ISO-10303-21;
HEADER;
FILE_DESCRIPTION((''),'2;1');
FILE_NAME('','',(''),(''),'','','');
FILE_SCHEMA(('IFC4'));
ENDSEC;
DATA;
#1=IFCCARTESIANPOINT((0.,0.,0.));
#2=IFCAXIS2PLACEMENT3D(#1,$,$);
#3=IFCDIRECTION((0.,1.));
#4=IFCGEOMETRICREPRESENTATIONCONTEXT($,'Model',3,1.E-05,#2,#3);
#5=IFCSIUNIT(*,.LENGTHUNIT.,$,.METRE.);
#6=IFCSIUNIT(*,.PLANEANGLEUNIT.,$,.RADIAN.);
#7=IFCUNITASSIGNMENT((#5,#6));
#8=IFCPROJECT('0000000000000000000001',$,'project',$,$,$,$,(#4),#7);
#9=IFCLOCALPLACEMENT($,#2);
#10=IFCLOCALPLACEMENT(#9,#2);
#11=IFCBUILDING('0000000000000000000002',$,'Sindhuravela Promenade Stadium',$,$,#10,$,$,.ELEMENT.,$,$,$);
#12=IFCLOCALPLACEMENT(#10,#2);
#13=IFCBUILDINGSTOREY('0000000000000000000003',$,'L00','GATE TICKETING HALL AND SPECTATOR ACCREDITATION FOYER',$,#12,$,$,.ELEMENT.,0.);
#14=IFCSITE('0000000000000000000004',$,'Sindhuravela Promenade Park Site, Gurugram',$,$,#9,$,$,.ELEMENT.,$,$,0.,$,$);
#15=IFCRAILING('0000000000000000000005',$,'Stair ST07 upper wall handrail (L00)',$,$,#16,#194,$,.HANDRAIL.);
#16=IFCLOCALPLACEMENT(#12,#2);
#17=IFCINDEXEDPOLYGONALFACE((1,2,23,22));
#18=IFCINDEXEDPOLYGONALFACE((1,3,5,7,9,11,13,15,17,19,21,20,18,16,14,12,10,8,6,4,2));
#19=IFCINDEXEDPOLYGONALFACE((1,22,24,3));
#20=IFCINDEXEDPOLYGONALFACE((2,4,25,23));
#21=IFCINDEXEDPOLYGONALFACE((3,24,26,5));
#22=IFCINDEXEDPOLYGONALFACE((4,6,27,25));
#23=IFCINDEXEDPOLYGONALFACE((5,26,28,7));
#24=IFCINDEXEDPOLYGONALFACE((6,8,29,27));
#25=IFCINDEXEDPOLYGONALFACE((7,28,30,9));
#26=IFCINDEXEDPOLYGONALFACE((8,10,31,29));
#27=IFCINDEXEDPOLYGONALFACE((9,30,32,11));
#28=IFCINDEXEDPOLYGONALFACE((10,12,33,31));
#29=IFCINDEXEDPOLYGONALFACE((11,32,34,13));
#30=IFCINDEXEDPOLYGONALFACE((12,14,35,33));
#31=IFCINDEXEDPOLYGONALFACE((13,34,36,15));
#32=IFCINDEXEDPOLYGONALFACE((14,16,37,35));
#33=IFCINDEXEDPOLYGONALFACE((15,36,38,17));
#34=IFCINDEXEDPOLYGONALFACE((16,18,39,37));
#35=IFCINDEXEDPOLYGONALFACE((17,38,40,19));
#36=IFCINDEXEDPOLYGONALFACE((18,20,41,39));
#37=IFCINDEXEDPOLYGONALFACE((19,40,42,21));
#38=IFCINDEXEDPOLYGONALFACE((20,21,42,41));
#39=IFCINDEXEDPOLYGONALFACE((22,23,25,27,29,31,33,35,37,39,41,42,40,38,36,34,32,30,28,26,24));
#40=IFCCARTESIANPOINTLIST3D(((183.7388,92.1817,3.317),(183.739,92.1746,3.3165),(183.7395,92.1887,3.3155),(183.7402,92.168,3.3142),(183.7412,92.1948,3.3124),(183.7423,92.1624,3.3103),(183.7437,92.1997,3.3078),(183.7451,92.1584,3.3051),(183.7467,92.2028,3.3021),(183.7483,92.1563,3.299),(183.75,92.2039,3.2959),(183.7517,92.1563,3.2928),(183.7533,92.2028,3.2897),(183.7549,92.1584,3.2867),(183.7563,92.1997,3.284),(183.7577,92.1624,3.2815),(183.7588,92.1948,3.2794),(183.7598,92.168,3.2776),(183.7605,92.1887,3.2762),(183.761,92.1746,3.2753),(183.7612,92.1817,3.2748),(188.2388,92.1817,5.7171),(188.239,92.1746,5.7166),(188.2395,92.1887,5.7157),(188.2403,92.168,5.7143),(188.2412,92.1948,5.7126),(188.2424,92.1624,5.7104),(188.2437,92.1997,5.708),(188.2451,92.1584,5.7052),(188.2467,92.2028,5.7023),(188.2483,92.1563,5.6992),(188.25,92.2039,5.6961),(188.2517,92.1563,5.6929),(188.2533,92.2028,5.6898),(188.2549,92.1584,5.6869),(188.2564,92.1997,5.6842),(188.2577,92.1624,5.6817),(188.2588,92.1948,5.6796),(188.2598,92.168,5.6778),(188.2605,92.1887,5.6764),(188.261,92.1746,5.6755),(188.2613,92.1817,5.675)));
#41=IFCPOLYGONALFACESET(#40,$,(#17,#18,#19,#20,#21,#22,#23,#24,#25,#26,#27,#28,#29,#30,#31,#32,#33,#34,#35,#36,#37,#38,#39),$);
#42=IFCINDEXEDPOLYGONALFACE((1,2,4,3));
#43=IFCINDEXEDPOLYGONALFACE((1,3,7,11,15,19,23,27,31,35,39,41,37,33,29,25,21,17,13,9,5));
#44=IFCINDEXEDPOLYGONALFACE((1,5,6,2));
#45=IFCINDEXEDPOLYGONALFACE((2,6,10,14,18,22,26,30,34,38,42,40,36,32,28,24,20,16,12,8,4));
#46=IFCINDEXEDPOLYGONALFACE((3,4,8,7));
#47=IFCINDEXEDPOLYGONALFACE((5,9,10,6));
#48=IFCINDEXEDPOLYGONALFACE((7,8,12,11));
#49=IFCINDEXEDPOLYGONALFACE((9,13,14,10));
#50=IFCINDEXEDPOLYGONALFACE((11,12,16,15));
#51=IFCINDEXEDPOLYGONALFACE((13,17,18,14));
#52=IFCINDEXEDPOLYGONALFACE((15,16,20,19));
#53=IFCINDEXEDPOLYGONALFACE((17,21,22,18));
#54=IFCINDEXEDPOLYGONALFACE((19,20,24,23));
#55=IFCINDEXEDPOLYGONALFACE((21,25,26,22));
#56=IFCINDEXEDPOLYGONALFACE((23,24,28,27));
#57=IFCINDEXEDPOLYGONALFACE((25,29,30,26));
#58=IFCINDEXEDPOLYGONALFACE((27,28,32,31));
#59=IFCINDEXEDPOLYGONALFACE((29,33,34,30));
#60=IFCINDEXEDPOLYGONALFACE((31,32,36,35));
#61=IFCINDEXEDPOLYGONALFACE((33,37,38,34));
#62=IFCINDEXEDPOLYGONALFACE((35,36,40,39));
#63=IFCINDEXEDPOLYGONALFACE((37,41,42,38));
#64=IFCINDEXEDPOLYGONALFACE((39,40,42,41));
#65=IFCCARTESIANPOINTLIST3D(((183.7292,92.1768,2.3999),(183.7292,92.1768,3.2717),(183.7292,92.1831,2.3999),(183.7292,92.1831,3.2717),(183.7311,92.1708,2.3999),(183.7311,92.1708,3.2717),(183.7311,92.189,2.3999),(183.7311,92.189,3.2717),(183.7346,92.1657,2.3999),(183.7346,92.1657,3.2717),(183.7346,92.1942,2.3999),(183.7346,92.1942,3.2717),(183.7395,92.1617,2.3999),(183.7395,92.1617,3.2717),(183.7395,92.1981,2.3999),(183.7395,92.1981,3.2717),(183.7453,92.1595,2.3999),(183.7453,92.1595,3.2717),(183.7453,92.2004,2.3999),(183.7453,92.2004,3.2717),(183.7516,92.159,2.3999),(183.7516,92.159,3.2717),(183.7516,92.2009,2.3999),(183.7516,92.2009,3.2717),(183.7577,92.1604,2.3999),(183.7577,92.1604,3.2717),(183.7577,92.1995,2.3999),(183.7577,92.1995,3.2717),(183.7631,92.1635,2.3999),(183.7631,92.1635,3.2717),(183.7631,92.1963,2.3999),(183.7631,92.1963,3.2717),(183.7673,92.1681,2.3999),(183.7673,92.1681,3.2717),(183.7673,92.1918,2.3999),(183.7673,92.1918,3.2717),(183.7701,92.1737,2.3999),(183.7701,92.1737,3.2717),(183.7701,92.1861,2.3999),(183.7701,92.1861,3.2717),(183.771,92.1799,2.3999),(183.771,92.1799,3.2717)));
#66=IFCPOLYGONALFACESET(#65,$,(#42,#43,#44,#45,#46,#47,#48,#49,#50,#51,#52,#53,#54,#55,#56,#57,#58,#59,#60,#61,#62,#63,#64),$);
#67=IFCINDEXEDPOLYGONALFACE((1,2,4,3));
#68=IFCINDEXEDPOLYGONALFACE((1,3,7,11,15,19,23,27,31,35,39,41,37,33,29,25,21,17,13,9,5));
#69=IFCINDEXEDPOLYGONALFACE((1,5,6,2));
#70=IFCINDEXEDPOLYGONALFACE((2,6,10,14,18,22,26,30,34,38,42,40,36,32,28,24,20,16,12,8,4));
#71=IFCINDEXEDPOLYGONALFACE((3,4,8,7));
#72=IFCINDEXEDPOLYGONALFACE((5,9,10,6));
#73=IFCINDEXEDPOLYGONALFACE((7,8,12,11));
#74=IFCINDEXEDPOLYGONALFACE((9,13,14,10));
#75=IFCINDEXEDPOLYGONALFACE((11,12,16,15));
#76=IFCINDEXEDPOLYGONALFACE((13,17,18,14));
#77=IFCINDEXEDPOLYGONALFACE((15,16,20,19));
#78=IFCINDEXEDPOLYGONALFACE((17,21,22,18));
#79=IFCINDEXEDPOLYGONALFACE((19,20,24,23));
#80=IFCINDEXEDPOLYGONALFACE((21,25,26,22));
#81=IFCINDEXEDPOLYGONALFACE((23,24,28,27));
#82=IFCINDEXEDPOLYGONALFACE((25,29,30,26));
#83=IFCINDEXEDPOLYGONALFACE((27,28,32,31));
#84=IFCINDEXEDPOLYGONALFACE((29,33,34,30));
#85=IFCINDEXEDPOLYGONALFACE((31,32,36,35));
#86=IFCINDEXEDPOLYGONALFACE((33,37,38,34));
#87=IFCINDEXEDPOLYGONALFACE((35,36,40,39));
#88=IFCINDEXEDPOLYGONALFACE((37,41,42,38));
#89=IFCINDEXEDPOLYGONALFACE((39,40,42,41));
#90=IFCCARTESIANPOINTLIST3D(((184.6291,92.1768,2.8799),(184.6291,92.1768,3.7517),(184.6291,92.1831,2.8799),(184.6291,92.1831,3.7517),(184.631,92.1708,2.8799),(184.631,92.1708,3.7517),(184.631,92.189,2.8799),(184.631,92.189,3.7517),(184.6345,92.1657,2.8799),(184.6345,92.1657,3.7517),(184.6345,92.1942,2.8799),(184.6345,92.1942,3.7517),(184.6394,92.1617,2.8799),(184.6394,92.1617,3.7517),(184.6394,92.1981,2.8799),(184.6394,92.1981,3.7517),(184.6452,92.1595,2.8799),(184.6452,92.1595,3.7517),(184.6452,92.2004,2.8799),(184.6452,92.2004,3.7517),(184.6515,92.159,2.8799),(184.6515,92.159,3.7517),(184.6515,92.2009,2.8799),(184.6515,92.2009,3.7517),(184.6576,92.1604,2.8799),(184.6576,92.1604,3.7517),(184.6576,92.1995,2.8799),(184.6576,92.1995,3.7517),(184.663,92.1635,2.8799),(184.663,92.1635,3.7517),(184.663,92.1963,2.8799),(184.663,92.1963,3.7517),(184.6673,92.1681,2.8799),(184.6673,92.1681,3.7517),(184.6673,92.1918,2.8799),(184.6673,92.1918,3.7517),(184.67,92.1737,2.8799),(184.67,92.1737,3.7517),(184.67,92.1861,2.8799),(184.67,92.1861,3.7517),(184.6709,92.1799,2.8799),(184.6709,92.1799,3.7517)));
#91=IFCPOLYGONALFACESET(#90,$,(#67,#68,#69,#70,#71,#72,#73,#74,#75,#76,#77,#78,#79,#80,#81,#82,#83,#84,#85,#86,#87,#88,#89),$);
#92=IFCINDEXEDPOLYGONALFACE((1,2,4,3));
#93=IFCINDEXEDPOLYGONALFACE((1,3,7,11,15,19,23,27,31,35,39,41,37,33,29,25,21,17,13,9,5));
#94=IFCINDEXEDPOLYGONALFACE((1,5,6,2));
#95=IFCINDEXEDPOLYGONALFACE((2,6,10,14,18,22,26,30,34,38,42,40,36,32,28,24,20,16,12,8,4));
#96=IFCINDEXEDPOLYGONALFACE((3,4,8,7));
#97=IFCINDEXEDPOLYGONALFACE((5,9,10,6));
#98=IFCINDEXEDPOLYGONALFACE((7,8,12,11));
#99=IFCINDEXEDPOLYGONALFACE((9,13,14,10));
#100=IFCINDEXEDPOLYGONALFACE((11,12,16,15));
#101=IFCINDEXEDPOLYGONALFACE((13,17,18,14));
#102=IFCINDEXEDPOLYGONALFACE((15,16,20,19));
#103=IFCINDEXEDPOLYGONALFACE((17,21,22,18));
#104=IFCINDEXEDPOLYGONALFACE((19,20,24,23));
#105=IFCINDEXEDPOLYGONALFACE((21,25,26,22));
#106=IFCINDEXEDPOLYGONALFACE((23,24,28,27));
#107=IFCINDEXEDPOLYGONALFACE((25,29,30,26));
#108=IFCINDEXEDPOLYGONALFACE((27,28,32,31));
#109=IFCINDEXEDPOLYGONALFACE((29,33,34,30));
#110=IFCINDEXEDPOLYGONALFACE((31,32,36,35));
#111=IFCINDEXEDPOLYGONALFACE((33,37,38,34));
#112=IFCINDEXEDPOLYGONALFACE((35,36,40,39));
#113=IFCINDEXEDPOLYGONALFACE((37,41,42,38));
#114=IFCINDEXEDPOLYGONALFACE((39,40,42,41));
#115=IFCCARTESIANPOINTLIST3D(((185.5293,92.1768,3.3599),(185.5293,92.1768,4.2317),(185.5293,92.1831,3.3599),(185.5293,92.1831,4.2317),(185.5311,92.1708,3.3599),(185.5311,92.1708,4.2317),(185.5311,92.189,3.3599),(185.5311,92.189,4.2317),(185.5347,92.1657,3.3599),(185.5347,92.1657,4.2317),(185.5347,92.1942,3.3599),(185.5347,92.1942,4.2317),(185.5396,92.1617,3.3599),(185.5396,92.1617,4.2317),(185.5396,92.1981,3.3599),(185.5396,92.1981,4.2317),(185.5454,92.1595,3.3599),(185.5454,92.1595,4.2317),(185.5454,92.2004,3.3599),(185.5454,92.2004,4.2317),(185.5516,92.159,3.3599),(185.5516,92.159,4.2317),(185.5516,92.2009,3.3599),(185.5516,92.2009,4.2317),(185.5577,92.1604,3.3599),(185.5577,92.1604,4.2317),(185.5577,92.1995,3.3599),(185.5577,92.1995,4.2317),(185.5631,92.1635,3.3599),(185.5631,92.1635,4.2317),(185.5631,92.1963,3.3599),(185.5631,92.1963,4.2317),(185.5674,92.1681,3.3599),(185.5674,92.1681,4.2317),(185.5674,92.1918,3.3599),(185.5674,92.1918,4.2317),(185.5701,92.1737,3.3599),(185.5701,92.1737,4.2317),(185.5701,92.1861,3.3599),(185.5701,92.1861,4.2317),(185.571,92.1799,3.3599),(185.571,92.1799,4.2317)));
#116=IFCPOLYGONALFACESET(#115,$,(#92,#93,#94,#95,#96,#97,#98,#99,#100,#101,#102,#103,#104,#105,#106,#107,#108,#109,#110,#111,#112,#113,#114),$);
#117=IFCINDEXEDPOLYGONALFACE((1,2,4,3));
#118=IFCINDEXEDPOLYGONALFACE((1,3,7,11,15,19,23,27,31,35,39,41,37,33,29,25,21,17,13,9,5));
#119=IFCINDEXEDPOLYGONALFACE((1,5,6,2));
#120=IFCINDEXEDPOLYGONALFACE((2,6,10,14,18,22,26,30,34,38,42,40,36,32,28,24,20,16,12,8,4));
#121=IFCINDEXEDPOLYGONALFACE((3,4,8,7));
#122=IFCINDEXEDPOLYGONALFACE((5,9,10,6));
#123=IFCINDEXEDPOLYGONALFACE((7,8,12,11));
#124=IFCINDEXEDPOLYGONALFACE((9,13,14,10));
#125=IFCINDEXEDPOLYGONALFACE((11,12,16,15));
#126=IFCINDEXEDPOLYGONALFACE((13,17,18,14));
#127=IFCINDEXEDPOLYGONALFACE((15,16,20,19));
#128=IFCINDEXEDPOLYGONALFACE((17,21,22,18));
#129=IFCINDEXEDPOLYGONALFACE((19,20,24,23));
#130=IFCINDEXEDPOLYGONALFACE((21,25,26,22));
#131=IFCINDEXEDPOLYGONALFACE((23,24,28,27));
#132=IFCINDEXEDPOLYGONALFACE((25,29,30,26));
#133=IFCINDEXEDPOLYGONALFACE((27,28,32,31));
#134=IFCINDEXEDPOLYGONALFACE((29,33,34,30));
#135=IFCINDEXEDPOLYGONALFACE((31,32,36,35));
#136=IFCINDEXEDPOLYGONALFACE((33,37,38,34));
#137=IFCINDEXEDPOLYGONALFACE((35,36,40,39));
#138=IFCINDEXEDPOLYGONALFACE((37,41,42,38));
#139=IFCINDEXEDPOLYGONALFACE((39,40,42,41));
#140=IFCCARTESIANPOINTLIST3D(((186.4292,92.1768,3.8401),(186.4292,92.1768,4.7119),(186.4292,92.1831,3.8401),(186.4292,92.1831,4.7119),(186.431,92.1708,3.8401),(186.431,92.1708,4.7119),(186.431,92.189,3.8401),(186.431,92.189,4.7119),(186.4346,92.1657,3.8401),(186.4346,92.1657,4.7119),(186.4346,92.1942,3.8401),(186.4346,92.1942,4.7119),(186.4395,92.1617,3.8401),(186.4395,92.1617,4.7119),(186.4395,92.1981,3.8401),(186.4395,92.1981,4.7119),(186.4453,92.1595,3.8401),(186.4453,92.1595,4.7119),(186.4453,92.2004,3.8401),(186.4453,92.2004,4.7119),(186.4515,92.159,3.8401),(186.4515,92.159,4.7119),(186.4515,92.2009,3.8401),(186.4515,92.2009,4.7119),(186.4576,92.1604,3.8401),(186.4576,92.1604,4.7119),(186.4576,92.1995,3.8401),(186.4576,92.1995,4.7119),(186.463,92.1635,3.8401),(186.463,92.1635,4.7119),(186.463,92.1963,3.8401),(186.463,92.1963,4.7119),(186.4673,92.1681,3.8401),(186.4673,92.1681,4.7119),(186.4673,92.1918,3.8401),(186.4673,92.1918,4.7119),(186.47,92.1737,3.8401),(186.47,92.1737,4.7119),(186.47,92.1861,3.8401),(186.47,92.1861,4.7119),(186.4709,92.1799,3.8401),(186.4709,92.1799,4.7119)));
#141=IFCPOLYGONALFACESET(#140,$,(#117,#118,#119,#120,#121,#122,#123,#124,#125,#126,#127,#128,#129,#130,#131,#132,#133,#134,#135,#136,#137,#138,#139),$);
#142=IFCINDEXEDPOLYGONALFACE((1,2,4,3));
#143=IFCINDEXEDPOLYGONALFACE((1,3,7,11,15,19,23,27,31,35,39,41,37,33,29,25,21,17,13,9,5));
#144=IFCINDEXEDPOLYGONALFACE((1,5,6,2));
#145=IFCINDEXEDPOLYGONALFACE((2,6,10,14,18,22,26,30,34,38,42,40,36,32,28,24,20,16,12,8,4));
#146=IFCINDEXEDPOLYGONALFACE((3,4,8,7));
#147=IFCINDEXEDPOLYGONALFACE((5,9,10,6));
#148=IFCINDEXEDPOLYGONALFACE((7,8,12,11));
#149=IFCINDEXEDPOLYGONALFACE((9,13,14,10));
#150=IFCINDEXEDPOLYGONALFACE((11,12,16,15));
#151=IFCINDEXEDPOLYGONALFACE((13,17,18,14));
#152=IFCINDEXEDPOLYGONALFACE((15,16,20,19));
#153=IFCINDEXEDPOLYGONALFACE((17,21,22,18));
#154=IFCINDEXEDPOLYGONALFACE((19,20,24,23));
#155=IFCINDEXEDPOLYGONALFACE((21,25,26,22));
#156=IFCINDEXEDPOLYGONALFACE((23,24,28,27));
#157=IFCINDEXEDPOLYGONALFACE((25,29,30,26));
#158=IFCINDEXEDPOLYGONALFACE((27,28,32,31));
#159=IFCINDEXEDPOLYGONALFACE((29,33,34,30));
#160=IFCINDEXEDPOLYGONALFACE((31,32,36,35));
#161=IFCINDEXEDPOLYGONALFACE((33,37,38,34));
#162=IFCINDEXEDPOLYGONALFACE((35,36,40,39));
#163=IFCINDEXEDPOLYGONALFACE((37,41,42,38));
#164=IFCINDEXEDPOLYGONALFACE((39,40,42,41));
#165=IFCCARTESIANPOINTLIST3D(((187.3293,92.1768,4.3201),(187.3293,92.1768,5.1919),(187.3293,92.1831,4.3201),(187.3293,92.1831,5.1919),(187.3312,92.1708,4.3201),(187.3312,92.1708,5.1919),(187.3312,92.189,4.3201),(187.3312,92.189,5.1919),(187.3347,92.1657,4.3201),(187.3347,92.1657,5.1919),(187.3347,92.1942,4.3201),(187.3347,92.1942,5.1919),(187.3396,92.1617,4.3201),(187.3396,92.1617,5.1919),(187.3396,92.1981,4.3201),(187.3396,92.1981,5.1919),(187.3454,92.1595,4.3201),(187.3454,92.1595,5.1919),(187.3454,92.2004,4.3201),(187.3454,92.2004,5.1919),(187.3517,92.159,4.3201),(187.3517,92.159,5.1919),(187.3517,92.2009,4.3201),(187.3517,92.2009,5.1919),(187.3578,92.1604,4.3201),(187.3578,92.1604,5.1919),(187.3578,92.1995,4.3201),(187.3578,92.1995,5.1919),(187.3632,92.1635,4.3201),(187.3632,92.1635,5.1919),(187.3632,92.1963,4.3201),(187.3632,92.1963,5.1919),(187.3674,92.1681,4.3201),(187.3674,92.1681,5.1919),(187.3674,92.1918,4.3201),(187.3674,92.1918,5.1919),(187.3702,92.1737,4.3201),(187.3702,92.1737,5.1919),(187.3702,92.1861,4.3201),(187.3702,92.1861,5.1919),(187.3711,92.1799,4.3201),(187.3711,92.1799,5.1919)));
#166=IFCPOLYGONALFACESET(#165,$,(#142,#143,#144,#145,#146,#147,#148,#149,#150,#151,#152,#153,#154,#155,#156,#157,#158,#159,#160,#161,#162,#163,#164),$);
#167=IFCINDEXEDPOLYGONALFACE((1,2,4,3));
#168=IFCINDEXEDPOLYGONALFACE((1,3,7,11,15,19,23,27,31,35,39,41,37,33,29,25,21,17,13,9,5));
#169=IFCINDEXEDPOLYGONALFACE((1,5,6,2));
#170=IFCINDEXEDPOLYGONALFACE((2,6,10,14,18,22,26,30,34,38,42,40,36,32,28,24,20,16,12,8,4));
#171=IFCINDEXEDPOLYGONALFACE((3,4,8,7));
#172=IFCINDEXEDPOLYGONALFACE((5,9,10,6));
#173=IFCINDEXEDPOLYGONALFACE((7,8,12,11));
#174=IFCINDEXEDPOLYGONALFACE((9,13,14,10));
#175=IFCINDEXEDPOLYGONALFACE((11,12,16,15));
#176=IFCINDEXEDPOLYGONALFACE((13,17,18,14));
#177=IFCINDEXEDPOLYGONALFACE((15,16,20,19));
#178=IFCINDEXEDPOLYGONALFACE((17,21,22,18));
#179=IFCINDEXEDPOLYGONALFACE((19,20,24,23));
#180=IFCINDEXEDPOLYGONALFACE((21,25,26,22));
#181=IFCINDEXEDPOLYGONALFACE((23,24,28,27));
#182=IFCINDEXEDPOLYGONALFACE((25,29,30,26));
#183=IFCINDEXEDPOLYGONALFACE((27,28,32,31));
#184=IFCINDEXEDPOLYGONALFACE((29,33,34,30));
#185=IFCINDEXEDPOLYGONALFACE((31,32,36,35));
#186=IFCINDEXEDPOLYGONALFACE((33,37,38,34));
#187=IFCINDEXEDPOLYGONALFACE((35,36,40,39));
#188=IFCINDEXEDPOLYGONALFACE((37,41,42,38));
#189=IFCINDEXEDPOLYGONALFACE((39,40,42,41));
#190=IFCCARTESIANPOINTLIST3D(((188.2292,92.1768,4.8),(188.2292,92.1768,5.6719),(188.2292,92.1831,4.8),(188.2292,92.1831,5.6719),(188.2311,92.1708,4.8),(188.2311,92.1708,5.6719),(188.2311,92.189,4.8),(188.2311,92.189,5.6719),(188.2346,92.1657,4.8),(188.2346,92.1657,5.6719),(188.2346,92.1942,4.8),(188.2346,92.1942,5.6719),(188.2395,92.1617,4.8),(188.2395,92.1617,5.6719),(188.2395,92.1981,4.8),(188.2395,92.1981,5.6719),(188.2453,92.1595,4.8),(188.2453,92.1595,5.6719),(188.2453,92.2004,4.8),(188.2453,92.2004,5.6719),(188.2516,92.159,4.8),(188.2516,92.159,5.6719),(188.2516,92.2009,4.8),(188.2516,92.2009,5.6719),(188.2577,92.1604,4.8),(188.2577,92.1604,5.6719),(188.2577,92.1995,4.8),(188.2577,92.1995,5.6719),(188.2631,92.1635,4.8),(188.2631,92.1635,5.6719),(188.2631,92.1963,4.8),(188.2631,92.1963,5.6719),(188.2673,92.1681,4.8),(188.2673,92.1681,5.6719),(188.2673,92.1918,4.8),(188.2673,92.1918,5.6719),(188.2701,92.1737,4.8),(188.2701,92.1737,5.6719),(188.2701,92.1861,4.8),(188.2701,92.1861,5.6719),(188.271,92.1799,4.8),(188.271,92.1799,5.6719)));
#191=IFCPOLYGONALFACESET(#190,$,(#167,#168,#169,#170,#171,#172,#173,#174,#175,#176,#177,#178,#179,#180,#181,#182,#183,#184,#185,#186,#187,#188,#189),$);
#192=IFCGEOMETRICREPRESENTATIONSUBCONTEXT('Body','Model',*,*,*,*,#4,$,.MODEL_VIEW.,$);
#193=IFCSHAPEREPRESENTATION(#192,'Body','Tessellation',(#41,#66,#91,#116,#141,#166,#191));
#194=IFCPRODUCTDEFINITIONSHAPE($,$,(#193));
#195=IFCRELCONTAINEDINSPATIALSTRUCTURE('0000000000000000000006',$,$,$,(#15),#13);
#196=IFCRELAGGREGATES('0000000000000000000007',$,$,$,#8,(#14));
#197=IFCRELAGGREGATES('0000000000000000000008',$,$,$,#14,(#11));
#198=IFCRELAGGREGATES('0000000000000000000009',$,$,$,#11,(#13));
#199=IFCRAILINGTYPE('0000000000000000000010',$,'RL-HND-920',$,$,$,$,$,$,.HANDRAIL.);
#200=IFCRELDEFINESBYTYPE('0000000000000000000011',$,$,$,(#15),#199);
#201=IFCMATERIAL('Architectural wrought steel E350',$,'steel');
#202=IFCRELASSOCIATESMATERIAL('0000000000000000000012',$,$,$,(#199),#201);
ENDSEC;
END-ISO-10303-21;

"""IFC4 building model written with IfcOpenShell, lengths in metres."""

from ifc_helpers import new_model, si_unit, direction, frame, origin, origin_2d, place, context, subcontext, project, spatial, circle, extrude, material, type_object, element, save


model = new_model("IFC4")

# Units and contexts
model_context = context("Model", 3, precision=1e-05, world=origin(), true_north=direction((0.0, 1.0)))
body_context = subcontext(model_context, "Body", "Model", "MODEL_VIEW")
ifc_project = project(units=[si_unit("LENGTHUNIT", "METRE"), si_unit("PLANEANGLEUNIT", "RADIAN")], contexts=[model_context])

# Site, building, storey
site_placement = place(None, origin())
site = spatial("IfcSite", under=ifc_project, at=site_placement, Name="Sindhuravela Promenade Park Site, Gurugram", CompositionType="ELEMENT", RefElevation=0.0)
building_placement = place(site_placement, origin())
building = spatial("IfcBuilding", under=site, at=building_placement, Name="Sindhuravela Promenade Stadium", CompositionType="ELEMENT")
storey_placement = place(building_placement, origin())
storey = spatial("IfcBuildingStorey", under=building, at=storey_placement, Name="L00", Description="GATE TICKETING HALL AND SPECTATOR ACCREDITATION FOYER", CompositionType="ELEMENT", Elevation=0.0)

# Shared definitions
ifc_material_1 = material(Name="Architectural wrought steel E350", Category="steel")

# Railing
railing_type_1 = type_object("IfcRailingType", Name="RL-HND-920", PredefinedType="HANDRAIL", material=ifc_material_1)
railing_1_placement = place(storey_placement, frame((183.75, 92.1799, 2.3999)))
element("IfcRailing", 1, at=railing_1_placement, inside=storey, type_object=railing_type_1, Name="Stair ST07 upper wall handrail (L00)", PredefinedType="HANDRAIL", context=body_context, shape_type="SweptSolid", body=[
    extrude(circle(Radius=0.0239, at=origin_2d()), frame((0.0, 0.0, 0.896), z_axis=(0.882341, 0.0, 0.470611), x_axis=(0.0, 1.0, 0.0)), (0.0, 0.0, 1.0), 5.1001),
    extrude(circle(Radius=0.021, at=origin_2d()), origin(), (0.0, 0.0, 1.0), 0.8718),
    extrude(circle(Radius=0.021, at=origin_2d()), frame((0.8999, 0.0, 0.48)), (0.0, 0.0, 1.0), 0.8718),
    extrude(circle(Radius=0.021, at=origin_2d()), frame((1.8, 0.0, 0.96)), (0.0, 0.0, 1.0), 0.8718),
    extrude(circle(Radius=0.021, at=origin_2d()), frame((2.7, 0.0, 1.4402)), (0.0, 0.0, 1.0), 0.8718),
    extrude(circle(Radius=0.021, at=origin_2d()), frame((3.6001, 0.0, 1.9202)), (0.0, 0.0, 1.0), 0.8718),
    extrude(circle(Radius=0.021, at=origin_2d()), frame((4.5, 0.0, 2.4001)), (0.0, 0.0, 1.0), 0.8718),
])

save(model, "model.ifc")
